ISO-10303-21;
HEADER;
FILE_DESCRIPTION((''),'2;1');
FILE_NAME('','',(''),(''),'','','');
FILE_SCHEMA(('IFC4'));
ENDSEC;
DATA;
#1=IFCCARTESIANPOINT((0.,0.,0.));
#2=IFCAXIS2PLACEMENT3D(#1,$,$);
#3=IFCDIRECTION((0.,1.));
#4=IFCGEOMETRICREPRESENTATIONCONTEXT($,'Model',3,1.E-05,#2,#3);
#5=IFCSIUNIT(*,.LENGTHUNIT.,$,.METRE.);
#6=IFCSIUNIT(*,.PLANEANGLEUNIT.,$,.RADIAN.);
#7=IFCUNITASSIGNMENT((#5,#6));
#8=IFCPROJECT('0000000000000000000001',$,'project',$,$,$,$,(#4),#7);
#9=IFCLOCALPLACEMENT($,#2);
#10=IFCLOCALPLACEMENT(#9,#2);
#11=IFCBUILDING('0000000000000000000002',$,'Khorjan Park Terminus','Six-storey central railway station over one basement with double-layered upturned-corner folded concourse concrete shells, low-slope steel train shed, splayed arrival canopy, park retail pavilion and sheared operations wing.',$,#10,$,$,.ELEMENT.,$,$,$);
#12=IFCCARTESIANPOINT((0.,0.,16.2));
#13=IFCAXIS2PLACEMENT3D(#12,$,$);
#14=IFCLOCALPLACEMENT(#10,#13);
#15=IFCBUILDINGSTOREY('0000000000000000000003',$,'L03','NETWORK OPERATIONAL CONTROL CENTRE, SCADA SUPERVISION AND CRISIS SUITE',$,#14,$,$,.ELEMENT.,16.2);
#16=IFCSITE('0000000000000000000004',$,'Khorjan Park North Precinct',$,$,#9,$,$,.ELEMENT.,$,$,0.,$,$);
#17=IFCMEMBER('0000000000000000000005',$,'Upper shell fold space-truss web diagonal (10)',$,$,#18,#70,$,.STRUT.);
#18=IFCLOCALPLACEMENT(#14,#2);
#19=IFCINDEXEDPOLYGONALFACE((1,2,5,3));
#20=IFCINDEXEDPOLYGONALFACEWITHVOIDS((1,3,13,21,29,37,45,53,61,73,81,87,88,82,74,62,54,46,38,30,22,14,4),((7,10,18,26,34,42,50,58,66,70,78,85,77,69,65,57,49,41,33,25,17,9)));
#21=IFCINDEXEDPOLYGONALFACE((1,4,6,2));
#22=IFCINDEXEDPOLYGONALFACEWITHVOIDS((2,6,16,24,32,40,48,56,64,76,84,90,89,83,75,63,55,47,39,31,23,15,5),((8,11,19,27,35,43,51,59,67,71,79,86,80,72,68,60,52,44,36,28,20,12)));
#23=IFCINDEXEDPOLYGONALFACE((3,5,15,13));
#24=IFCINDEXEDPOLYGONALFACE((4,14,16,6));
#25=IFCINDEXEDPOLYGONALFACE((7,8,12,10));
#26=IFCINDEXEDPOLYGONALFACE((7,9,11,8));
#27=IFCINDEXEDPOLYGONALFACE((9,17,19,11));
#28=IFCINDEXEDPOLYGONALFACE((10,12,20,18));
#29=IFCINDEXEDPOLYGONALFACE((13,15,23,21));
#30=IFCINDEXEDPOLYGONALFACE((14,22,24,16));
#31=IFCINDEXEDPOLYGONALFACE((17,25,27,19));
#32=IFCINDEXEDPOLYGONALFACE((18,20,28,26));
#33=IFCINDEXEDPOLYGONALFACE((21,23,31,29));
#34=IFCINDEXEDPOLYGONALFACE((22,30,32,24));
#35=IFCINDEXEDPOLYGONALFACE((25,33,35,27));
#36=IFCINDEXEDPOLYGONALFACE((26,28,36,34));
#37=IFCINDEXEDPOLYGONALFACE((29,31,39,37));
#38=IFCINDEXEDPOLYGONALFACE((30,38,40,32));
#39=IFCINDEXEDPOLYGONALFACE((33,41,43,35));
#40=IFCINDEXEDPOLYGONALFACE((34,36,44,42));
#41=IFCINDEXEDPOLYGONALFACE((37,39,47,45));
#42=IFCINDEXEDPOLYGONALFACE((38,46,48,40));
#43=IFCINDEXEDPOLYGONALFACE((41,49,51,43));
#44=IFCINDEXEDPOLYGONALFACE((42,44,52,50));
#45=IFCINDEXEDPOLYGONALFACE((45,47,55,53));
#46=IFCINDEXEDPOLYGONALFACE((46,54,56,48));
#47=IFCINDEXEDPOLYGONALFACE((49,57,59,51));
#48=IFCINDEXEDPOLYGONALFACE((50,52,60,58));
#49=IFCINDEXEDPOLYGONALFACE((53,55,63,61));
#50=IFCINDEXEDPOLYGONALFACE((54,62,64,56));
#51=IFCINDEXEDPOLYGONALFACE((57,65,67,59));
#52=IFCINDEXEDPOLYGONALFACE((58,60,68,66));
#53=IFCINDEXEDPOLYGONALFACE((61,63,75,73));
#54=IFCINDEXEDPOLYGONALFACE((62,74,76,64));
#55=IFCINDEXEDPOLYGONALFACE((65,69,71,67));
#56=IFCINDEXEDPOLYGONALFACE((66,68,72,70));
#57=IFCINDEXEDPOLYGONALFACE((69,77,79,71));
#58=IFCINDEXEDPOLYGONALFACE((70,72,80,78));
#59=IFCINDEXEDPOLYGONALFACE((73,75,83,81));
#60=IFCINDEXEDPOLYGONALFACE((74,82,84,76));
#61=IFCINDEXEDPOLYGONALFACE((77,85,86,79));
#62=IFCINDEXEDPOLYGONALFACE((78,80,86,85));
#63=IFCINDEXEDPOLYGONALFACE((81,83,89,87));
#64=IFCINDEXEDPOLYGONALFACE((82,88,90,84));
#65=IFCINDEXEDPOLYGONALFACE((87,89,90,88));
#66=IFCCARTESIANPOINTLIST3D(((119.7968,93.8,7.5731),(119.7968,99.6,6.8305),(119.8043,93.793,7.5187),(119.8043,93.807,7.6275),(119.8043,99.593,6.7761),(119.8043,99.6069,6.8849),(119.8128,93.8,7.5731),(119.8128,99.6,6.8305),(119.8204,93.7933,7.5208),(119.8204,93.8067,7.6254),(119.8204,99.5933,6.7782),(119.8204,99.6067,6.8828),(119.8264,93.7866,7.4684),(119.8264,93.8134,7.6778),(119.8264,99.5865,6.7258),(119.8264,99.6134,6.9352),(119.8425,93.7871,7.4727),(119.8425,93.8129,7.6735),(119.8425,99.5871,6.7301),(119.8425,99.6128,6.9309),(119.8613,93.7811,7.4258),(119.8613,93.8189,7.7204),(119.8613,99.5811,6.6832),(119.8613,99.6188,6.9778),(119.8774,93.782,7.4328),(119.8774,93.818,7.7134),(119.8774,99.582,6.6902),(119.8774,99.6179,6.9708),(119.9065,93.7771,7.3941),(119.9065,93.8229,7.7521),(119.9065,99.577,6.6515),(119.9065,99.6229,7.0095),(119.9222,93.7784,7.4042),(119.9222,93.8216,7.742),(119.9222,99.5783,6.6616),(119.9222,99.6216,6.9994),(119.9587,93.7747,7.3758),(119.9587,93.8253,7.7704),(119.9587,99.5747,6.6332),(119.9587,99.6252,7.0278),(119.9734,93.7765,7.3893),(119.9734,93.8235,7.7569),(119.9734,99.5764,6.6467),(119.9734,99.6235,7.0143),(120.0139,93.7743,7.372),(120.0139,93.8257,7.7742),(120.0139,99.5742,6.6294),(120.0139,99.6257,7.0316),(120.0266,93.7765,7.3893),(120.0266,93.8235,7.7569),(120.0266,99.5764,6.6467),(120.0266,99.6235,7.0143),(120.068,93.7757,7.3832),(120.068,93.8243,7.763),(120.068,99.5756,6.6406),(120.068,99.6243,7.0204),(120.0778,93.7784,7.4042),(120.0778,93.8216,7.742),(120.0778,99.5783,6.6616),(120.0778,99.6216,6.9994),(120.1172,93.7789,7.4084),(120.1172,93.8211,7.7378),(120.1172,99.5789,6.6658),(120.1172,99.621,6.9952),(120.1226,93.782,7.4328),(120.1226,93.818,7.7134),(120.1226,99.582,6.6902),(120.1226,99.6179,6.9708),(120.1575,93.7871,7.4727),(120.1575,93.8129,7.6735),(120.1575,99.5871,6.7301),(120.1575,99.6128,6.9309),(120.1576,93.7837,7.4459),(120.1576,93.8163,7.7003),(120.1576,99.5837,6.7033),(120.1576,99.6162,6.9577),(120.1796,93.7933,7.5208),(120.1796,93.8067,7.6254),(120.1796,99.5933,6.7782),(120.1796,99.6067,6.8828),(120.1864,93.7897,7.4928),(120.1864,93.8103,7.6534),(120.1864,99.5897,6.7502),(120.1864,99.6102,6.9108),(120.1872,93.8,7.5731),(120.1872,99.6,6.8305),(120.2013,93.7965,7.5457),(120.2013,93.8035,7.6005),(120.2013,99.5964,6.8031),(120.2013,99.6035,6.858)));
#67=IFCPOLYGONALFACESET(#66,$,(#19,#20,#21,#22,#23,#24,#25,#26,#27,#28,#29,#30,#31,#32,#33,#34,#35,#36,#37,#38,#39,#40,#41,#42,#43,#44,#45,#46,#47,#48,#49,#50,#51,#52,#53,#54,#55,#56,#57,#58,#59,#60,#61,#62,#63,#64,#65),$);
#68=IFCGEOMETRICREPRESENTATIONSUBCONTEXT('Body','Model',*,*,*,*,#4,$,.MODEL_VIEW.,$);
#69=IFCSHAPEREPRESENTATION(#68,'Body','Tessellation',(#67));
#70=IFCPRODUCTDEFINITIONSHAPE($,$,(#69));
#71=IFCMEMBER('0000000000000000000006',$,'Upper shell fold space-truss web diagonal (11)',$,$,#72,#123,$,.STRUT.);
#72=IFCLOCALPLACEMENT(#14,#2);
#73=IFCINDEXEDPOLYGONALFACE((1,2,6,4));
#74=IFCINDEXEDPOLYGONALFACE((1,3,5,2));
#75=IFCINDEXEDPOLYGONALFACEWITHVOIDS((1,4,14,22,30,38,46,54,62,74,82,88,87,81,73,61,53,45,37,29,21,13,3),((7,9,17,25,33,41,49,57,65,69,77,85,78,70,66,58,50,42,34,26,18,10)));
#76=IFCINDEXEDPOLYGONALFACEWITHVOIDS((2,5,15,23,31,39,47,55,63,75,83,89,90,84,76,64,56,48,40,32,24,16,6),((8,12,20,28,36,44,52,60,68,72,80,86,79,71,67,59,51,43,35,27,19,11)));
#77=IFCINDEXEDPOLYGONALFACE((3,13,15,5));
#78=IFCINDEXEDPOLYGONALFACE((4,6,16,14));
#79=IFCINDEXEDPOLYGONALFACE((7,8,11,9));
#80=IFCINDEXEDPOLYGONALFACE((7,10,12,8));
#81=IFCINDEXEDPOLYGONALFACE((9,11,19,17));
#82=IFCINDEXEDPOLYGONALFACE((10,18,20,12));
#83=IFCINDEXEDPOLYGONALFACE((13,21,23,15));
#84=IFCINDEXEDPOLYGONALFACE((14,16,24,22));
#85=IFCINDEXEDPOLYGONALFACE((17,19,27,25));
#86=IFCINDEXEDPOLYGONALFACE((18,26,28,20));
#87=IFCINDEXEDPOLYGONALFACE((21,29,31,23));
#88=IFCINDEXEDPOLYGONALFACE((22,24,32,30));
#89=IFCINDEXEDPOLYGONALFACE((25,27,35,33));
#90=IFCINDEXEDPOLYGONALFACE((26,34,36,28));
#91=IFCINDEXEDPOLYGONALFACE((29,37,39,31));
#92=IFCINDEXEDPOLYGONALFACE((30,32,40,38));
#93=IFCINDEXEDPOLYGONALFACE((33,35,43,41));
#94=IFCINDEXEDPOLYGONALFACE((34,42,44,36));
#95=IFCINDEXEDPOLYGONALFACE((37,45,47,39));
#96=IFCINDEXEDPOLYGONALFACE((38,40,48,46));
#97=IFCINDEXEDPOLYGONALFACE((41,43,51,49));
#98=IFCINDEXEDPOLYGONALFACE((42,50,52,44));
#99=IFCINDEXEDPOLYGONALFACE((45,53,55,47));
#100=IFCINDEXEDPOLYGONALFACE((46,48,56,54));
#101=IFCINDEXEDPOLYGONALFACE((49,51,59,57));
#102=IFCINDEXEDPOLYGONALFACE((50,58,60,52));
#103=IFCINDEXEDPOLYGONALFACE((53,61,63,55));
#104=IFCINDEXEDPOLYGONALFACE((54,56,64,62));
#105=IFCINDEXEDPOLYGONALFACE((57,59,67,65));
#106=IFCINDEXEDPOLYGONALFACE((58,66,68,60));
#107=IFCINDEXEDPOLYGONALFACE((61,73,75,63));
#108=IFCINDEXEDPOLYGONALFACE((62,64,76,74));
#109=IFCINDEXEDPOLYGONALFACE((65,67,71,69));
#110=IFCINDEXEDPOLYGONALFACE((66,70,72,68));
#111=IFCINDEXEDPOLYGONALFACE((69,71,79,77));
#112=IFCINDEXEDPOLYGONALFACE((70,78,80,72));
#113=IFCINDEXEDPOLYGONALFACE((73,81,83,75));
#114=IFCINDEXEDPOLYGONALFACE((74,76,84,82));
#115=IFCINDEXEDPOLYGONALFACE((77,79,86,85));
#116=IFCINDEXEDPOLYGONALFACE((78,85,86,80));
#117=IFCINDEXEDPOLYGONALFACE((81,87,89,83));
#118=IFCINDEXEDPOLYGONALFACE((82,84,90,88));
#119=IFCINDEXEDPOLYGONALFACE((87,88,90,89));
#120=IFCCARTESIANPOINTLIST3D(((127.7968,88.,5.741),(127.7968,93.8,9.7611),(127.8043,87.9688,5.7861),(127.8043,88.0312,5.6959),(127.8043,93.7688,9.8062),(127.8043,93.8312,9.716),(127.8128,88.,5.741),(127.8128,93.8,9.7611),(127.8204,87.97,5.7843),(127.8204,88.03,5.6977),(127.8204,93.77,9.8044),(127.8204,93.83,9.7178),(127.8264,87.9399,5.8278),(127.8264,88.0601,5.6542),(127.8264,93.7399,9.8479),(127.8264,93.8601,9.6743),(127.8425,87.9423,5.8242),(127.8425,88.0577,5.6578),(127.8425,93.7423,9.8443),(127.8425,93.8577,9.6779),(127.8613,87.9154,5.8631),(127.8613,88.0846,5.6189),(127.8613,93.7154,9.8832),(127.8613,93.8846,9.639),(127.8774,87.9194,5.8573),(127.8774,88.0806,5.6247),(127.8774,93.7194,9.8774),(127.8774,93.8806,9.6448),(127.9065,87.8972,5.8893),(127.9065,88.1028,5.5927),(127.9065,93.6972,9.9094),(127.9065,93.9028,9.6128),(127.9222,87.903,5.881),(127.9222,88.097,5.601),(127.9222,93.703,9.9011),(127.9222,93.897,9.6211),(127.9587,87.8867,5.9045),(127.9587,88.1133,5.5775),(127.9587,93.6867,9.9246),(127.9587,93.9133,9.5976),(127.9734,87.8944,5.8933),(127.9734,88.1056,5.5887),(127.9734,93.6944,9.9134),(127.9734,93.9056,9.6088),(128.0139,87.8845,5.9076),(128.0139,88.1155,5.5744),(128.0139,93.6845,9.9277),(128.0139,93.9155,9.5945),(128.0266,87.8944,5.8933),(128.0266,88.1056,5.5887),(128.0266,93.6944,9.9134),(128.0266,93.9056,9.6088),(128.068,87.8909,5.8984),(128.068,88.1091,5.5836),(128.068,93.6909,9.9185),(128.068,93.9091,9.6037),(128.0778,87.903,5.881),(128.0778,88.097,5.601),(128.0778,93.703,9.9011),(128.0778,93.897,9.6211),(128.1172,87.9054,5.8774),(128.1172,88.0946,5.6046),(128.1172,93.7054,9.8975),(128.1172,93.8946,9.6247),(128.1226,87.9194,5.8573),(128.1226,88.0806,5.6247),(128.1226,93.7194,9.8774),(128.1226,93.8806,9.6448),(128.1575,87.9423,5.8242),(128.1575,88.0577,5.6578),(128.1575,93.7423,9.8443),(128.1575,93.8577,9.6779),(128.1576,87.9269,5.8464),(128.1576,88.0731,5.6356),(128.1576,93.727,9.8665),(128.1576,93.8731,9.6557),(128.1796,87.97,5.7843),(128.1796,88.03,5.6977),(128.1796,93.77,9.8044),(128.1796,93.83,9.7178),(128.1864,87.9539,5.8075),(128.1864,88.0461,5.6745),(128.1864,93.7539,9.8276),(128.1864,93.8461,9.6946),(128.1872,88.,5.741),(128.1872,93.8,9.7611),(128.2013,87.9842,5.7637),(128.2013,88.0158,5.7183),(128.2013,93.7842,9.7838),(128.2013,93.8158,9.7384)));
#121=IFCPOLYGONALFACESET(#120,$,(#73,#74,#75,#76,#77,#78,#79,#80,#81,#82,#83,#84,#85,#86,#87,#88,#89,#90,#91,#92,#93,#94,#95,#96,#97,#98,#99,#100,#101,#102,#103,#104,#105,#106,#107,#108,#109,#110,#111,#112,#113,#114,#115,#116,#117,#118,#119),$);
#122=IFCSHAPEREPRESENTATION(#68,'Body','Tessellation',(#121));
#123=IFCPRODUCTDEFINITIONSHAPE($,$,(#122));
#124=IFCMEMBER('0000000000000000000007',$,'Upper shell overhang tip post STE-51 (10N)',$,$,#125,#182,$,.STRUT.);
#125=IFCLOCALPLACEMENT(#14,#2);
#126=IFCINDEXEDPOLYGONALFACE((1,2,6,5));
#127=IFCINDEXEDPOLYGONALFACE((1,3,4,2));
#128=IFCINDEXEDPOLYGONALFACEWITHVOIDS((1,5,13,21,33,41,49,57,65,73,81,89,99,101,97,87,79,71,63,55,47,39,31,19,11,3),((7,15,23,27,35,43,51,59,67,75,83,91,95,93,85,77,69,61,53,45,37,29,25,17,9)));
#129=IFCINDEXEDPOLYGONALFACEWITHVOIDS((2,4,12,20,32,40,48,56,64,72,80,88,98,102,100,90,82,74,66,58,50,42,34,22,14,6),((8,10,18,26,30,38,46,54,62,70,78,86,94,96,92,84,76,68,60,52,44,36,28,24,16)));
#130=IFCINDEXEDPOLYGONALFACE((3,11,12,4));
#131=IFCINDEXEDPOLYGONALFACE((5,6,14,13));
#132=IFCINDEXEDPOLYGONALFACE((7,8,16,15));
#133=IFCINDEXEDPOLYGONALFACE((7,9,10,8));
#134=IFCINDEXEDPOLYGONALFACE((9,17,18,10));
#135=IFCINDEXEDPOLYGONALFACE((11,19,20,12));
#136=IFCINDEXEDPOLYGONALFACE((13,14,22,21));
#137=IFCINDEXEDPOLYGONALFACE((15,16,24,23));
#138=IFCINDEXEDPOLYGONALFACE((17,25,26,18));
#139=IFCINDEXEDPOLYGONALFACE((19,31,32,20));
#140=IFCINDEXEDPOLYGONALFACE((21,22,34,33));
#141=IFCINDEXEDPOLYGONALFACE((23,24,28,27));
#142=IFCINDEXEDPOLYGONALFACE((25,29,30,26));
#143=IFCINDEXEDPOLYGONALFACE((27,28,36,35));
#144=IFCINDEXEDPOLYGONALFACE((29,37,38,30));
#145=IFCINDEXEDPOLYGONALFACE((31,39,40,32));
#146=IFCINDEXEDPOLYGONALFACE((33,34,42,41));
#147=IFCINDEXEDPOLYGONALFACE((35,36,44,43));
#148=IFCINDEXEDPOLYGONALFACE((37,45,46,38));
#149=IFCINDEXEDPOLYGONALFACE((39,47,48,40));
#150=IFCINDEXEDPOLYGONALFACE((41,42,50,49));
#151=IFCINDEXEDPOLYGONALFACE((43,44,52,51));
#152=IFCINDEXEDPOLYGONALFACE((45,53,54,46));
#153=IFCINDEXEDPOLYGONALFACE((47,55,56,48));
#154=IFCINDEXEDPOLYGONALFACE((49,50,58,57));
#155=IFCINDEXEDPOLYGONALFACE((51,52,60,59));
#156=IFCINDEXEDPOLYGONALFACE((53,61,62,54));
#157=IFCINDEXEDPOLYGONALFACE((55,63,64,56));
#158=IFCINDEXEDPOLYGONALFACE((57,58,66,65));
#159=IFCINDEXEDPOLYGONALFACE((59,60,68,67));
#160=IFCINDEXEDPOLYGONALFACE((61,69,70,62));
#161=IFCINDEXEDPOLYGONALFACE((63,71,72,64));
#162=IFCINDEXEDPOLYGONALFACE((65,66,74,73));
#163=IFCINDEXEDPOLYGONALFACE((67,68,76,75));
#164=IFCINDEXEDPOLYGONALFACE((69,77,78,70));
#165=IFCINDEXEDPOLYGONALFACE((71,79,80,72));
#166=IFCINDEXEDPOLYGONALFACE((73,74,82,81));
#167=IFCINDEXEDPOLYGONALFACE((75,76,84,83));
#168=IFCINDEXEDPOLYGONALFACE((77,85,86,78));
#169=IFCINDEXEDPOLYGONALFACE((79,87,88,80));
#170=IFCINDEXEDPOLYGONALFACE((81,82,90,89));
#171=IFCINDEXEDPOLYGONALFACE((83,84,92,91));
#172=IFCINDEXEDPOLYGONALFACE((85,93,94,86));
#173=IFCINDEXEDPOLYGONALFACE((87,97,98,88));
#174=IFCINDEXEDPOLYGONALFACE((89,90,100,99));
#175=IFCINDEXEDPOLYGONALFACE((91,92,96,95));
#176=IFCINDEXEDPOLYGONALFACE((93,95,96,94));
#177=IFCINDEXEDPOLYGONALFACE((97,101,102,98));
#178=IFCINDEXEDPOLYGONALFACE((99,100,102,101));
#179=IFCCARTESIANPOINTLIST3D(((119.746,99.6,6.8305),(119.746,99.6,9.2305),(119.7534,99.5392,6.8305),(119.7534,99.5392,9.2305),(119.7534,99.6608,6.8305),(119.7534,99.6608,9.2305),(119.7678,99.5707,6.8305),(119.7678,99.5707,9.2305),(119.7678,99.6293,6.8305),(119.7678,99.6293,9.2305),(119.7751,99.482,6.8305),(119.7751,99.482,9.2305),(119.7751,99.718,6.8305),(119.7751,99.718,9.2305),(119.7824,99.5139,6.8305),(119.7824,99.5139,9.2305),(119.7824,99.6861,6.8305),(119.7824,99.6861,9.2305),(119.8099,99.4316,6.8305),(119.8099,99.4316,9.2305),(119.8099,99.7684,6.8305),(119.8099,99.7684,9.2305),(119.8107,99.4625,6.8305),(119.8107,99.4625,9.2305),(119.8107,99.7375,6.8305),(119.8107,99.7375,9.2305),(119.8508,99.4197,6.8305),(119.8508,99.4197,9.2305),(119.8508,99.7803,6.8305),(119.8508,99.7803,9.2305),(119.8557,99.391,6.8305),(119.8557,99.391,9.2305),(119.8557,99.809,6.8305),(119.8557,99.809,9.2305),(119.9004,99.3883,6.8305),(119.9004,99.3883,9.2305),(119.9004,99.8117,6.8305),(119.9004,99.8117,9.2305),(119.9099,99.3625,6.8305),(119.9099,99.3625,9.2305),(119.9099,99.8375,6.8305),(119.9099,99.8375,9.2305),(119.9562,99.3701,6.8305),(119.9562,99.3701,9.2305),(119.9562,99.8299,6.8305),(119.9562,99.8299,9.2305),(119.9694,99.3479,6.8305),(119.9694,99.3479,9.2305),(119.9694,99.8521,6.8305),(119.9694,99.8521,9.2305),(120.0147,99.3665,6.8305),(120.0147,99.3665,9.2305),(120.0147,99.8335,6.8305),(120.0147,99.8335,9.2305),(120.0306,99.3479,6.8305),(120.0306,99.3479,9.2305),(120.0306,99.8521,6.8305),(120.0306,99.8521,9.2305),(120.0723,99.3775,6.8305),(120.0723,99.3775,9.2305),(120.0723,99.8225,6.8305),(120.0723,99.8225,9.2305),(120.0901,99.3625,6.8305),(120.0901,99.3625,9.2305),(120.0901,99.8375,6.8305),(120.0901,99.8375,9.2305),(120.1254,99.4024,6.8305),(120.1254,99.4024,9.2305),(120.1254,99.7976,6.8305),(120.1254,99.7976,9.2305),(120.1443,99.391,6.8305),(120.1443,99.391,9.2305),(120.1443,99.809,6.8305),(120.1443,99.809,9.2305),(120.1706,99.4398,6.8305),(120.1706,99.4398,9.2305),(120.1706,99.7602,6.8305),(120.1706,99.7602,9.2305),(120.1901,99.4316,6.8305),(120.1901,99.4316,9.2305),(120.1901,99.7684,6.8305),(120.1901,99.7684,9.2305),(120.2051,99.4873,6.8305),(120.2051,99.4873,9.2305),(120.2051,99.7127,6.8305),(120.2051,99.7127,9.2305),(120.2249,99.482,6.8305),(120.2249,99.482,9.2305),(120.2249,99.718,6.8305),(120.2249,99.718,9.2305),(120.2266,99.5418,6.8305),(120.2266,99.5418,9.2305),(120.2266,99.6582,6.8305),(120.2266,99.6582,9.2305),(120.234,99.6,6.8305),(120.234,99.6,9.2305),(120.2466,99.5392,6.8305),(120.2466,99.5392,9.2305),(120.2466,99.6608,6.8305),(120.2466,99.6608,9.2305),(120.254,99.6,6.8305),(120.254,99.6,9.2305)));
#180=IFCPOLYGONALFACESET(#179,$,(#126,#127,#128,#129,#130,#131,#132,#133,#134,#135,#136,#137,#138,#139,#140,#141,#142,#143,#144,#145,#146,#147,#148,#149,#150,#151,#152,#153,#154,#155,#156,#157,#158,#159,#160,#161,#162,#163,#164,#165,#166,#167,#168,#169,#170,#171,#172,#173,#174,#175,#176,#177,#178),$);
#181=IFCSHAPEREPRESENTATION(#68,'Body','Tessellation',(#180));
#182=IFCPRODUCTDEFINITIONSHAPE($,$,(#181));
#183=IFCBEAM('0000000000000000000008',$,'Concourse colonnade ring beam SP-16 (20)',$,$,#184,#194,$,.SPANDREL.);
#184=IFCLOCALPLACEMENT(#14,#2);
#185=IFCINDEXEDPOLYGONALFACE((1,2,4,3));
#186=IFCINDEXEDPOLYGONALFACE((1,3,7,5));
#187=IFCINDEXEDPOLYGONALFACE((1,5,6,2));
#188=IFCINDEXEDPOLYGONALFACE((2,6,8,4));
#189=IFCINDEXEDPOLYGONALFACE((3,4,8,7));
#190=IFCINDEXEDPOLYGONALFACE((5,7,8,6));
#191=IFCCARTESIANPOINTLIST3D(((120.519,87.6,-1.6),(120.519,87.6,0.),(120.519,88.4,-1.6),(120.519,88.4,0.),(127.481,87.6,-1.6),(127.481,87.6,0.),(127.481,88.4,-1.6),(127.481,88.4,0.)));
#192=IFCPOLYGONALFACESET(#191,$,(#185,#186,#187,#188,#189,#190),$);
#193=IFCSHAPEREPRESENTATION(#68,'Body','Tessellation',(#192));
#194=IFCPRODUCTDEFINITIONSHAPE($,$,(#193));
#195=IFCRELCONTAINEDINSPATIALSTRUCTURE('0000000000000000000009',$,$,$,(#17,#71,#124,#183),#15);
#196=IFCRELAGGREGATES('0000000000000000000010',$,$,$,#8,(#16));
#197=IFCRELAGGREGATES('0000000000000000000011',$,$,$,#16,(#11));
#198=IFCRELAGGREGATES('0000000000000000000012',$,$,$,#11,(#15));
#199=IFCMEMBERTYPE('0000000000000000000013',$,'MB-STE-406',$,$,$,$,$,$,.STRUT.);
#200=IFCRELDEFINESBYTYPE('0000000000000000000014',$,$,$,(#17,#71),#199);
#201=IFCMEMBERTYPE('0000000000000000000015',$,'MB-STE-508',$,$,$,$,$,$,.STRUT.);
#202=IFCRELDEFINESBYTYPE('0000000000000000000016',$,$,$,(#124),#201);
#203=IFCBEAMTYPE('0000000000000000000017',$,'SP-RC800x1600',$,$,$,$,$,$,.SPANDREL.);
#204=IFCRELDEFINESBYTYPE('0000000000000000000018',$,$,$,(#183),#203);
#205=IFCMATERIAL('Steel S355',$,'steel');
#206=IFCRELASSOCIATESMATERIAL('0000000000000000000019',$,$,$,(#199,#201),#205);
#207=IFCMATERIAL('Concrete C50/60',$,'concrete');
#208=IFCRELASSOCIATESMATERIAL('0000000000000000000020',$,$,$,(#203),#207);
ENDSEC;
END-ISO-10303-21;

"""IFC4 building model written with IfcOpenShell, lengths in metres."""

from ifc_helpers import new_model, si_unit, direction, frame, origin, origin_2d, place, context, subcontext, project, spatial, rectangle, hollow_circle, extrude, material, material_profile, profile_set, type_object, element, save


model = new_model("IFC4")

# Units and contexts
model_context = context("Model", 3, precision=1e-05, world=origin(), true_north=direction((0.0, 1.0)))
body_context = subcontext(model_context, "Body", "Model", "MODEL_VIEW")
ifc_project = project(units=[si_unit("LENGTHUNIT", "METRE"), si_unit("PLANEANGLEUNIT", "RADIAN")], contexts=[model_context])

# Site, building, storey
site_placement = place(None, origin())
site = spatial("IfcSite", under=ifc_project, at=site_placement, Name="Khorjan Park North Precinct", CompositionType="ELEMENT", RefElevation=0.0)
building_placement = place(site_placement, origin())
building = spatial("IfcBuilding", under=site, at=building_placement, Name="Khorjan Park Terminus", Description="Six-storey central railway station over one basement with double-layered upturned-corner folded concourse concrete shells, low-slope steel train shed, splayed arrival canopy, park retail pavilion and sheared operations wing.", CompositionType="ELEMENT")
storey_placement = place(building_placement, frame((0.0, 0.0, 16.2)))
storey = spatial("IfcBuildingStorey", under=building, at=storey_placement, Name="L03", Description="NETWORK OPERATIONAL CONTROL CENTRE, SCADA SUPERVISION AND CRISIS SUITE", CompositionType="ELEMENT", Elevation=16.2)

# Shared definitions
ifc_material_1 = material(Name="Concrete C50/60", Category="concrete")

# Members
ifc_material_2 = material(Name="Steel S355", Category="steel")
ifc_material_profile_1 = material_profile(ifc_material_2, hollow_circle(Radius=0.2032, WallThickness=0.016, at=origin_2d()), Name="CHS 406.4x16")
ifc_profile_set_1 = profile_set([ifc_material_profile_1], Name="Steel S355")
member_type_1 = type_object("IfcMemberType", Name="MB-STE-406", PredefinedType="STRUT", material=ifc_profile_set_1)
member_1_placement = place(storey_placement, frame((120.0, 93.8, 7.5731), z_axis=(0.0, 0.991903, -0.126998), x_axis=(-1.0, 0.0, 0.0)))
element("IfcMember", 1, at=member_1_placement, inside=storey, type_object=member_type_1, Name="Upper shell fold space-truss web diagonal (10)", PredefinedType="STRUT", context=body_context, shape_type="SweptSolid", body=[
    extrude(hollow_circle(Radius=0.2032, WallThickness=0.016, at=origin_2d()), origin(), (0.0, 0.0, 1.0), 5.8473),
])
member_2_placement = place(storey_placement, frame((128.0, 88.0, 5.741), z_axis=(0.0, 0.821879, 0.569662), x_axis=(-1.0, 0.0, 0.0)))
element("IfcMember", 2, at=member_2_placement, inside=storey, type_object=member_type_1, Name="Upper shell fold space-truss web diagonal (11)", PredefinedType="STRUT", context=body_context, shape_type="SweptSolid", body=[
    extrude(hollow_circle(Radius=0.2032, WallThickness=0.016, at=origin_2d()), origin(), (0.0, 0.0, 1.0), 7.057),
])
ifc_material_profile_2 = material_profile(ifc_material_2, hollow_circle(Radius=0.254, WallThickness=0.02, at=origin_2d()), Name="CHS 508x20")
ifc_profile_set_2 = profile_set([ifc_material_profile_2], Name="Steel S355")
member_type_2 = type_object("IfcMemberType", Name="MB-STE-508", PredefinedType="STRUT", material=ifc_profile_set_2)
member_3_placement = place(storey_placement, frame((120.0, 99.6, 6.8305), z_axis=(0.0, 0.0, 1.0), x_axis=(1.0, 0.0, 0.0)))
element("IfcMember", 3, at=member_3_placement, inside=storey, type_object=member_type_2, Name="Upper shell overhang tip post STE-51 (10N)", PredefinedType="STRUT", context=body_context, shape_type="SweptSolid", body=[
    extrude(hollow_circle(Radius=0.254, WallThickness=0.02, at=origin_2d()), origin(), (0.0, 0.0, 1.0), 2.4),
])

# Beam
ifc_material_profile_3 = material_profile(ifc_material_1, rectangle(XDim=0.8, YDim=1.6, at=origin_2d()), Name="RC 800x1600")
ifc_profile_set_3 = profile_set([ifc_material_profile_3], Name="Concrete C50/60")
beam_type_1 = type_object("IfcBeamType", Name="SP-RC800x1600", PredefinedType="SPANDREL", material=ifc_profile_set_3)
beam_1_placement = place(storey_placement, frame((120.519, 88.0, -0.8), z_axis=(1.0, 0.0, 0.0), x_axis=(0.0, 1.0, 0.0)))
element("IfcBeam", 4, at=beam_1_placement, inside=storey, type_object=beam_type_1, Name="Concourse colonnade ring beam SP-16 (20)", PredefinedType="SPANDREL", context=body_context, shape_type="SweptSolid", body=[
    extrude(rectangle(XDim=0.8, YDim=1.6, at=origin_2d()), origin(), (0.0, 0.0, 1.0), 6.962),
])

save(model, "model.ifc")
